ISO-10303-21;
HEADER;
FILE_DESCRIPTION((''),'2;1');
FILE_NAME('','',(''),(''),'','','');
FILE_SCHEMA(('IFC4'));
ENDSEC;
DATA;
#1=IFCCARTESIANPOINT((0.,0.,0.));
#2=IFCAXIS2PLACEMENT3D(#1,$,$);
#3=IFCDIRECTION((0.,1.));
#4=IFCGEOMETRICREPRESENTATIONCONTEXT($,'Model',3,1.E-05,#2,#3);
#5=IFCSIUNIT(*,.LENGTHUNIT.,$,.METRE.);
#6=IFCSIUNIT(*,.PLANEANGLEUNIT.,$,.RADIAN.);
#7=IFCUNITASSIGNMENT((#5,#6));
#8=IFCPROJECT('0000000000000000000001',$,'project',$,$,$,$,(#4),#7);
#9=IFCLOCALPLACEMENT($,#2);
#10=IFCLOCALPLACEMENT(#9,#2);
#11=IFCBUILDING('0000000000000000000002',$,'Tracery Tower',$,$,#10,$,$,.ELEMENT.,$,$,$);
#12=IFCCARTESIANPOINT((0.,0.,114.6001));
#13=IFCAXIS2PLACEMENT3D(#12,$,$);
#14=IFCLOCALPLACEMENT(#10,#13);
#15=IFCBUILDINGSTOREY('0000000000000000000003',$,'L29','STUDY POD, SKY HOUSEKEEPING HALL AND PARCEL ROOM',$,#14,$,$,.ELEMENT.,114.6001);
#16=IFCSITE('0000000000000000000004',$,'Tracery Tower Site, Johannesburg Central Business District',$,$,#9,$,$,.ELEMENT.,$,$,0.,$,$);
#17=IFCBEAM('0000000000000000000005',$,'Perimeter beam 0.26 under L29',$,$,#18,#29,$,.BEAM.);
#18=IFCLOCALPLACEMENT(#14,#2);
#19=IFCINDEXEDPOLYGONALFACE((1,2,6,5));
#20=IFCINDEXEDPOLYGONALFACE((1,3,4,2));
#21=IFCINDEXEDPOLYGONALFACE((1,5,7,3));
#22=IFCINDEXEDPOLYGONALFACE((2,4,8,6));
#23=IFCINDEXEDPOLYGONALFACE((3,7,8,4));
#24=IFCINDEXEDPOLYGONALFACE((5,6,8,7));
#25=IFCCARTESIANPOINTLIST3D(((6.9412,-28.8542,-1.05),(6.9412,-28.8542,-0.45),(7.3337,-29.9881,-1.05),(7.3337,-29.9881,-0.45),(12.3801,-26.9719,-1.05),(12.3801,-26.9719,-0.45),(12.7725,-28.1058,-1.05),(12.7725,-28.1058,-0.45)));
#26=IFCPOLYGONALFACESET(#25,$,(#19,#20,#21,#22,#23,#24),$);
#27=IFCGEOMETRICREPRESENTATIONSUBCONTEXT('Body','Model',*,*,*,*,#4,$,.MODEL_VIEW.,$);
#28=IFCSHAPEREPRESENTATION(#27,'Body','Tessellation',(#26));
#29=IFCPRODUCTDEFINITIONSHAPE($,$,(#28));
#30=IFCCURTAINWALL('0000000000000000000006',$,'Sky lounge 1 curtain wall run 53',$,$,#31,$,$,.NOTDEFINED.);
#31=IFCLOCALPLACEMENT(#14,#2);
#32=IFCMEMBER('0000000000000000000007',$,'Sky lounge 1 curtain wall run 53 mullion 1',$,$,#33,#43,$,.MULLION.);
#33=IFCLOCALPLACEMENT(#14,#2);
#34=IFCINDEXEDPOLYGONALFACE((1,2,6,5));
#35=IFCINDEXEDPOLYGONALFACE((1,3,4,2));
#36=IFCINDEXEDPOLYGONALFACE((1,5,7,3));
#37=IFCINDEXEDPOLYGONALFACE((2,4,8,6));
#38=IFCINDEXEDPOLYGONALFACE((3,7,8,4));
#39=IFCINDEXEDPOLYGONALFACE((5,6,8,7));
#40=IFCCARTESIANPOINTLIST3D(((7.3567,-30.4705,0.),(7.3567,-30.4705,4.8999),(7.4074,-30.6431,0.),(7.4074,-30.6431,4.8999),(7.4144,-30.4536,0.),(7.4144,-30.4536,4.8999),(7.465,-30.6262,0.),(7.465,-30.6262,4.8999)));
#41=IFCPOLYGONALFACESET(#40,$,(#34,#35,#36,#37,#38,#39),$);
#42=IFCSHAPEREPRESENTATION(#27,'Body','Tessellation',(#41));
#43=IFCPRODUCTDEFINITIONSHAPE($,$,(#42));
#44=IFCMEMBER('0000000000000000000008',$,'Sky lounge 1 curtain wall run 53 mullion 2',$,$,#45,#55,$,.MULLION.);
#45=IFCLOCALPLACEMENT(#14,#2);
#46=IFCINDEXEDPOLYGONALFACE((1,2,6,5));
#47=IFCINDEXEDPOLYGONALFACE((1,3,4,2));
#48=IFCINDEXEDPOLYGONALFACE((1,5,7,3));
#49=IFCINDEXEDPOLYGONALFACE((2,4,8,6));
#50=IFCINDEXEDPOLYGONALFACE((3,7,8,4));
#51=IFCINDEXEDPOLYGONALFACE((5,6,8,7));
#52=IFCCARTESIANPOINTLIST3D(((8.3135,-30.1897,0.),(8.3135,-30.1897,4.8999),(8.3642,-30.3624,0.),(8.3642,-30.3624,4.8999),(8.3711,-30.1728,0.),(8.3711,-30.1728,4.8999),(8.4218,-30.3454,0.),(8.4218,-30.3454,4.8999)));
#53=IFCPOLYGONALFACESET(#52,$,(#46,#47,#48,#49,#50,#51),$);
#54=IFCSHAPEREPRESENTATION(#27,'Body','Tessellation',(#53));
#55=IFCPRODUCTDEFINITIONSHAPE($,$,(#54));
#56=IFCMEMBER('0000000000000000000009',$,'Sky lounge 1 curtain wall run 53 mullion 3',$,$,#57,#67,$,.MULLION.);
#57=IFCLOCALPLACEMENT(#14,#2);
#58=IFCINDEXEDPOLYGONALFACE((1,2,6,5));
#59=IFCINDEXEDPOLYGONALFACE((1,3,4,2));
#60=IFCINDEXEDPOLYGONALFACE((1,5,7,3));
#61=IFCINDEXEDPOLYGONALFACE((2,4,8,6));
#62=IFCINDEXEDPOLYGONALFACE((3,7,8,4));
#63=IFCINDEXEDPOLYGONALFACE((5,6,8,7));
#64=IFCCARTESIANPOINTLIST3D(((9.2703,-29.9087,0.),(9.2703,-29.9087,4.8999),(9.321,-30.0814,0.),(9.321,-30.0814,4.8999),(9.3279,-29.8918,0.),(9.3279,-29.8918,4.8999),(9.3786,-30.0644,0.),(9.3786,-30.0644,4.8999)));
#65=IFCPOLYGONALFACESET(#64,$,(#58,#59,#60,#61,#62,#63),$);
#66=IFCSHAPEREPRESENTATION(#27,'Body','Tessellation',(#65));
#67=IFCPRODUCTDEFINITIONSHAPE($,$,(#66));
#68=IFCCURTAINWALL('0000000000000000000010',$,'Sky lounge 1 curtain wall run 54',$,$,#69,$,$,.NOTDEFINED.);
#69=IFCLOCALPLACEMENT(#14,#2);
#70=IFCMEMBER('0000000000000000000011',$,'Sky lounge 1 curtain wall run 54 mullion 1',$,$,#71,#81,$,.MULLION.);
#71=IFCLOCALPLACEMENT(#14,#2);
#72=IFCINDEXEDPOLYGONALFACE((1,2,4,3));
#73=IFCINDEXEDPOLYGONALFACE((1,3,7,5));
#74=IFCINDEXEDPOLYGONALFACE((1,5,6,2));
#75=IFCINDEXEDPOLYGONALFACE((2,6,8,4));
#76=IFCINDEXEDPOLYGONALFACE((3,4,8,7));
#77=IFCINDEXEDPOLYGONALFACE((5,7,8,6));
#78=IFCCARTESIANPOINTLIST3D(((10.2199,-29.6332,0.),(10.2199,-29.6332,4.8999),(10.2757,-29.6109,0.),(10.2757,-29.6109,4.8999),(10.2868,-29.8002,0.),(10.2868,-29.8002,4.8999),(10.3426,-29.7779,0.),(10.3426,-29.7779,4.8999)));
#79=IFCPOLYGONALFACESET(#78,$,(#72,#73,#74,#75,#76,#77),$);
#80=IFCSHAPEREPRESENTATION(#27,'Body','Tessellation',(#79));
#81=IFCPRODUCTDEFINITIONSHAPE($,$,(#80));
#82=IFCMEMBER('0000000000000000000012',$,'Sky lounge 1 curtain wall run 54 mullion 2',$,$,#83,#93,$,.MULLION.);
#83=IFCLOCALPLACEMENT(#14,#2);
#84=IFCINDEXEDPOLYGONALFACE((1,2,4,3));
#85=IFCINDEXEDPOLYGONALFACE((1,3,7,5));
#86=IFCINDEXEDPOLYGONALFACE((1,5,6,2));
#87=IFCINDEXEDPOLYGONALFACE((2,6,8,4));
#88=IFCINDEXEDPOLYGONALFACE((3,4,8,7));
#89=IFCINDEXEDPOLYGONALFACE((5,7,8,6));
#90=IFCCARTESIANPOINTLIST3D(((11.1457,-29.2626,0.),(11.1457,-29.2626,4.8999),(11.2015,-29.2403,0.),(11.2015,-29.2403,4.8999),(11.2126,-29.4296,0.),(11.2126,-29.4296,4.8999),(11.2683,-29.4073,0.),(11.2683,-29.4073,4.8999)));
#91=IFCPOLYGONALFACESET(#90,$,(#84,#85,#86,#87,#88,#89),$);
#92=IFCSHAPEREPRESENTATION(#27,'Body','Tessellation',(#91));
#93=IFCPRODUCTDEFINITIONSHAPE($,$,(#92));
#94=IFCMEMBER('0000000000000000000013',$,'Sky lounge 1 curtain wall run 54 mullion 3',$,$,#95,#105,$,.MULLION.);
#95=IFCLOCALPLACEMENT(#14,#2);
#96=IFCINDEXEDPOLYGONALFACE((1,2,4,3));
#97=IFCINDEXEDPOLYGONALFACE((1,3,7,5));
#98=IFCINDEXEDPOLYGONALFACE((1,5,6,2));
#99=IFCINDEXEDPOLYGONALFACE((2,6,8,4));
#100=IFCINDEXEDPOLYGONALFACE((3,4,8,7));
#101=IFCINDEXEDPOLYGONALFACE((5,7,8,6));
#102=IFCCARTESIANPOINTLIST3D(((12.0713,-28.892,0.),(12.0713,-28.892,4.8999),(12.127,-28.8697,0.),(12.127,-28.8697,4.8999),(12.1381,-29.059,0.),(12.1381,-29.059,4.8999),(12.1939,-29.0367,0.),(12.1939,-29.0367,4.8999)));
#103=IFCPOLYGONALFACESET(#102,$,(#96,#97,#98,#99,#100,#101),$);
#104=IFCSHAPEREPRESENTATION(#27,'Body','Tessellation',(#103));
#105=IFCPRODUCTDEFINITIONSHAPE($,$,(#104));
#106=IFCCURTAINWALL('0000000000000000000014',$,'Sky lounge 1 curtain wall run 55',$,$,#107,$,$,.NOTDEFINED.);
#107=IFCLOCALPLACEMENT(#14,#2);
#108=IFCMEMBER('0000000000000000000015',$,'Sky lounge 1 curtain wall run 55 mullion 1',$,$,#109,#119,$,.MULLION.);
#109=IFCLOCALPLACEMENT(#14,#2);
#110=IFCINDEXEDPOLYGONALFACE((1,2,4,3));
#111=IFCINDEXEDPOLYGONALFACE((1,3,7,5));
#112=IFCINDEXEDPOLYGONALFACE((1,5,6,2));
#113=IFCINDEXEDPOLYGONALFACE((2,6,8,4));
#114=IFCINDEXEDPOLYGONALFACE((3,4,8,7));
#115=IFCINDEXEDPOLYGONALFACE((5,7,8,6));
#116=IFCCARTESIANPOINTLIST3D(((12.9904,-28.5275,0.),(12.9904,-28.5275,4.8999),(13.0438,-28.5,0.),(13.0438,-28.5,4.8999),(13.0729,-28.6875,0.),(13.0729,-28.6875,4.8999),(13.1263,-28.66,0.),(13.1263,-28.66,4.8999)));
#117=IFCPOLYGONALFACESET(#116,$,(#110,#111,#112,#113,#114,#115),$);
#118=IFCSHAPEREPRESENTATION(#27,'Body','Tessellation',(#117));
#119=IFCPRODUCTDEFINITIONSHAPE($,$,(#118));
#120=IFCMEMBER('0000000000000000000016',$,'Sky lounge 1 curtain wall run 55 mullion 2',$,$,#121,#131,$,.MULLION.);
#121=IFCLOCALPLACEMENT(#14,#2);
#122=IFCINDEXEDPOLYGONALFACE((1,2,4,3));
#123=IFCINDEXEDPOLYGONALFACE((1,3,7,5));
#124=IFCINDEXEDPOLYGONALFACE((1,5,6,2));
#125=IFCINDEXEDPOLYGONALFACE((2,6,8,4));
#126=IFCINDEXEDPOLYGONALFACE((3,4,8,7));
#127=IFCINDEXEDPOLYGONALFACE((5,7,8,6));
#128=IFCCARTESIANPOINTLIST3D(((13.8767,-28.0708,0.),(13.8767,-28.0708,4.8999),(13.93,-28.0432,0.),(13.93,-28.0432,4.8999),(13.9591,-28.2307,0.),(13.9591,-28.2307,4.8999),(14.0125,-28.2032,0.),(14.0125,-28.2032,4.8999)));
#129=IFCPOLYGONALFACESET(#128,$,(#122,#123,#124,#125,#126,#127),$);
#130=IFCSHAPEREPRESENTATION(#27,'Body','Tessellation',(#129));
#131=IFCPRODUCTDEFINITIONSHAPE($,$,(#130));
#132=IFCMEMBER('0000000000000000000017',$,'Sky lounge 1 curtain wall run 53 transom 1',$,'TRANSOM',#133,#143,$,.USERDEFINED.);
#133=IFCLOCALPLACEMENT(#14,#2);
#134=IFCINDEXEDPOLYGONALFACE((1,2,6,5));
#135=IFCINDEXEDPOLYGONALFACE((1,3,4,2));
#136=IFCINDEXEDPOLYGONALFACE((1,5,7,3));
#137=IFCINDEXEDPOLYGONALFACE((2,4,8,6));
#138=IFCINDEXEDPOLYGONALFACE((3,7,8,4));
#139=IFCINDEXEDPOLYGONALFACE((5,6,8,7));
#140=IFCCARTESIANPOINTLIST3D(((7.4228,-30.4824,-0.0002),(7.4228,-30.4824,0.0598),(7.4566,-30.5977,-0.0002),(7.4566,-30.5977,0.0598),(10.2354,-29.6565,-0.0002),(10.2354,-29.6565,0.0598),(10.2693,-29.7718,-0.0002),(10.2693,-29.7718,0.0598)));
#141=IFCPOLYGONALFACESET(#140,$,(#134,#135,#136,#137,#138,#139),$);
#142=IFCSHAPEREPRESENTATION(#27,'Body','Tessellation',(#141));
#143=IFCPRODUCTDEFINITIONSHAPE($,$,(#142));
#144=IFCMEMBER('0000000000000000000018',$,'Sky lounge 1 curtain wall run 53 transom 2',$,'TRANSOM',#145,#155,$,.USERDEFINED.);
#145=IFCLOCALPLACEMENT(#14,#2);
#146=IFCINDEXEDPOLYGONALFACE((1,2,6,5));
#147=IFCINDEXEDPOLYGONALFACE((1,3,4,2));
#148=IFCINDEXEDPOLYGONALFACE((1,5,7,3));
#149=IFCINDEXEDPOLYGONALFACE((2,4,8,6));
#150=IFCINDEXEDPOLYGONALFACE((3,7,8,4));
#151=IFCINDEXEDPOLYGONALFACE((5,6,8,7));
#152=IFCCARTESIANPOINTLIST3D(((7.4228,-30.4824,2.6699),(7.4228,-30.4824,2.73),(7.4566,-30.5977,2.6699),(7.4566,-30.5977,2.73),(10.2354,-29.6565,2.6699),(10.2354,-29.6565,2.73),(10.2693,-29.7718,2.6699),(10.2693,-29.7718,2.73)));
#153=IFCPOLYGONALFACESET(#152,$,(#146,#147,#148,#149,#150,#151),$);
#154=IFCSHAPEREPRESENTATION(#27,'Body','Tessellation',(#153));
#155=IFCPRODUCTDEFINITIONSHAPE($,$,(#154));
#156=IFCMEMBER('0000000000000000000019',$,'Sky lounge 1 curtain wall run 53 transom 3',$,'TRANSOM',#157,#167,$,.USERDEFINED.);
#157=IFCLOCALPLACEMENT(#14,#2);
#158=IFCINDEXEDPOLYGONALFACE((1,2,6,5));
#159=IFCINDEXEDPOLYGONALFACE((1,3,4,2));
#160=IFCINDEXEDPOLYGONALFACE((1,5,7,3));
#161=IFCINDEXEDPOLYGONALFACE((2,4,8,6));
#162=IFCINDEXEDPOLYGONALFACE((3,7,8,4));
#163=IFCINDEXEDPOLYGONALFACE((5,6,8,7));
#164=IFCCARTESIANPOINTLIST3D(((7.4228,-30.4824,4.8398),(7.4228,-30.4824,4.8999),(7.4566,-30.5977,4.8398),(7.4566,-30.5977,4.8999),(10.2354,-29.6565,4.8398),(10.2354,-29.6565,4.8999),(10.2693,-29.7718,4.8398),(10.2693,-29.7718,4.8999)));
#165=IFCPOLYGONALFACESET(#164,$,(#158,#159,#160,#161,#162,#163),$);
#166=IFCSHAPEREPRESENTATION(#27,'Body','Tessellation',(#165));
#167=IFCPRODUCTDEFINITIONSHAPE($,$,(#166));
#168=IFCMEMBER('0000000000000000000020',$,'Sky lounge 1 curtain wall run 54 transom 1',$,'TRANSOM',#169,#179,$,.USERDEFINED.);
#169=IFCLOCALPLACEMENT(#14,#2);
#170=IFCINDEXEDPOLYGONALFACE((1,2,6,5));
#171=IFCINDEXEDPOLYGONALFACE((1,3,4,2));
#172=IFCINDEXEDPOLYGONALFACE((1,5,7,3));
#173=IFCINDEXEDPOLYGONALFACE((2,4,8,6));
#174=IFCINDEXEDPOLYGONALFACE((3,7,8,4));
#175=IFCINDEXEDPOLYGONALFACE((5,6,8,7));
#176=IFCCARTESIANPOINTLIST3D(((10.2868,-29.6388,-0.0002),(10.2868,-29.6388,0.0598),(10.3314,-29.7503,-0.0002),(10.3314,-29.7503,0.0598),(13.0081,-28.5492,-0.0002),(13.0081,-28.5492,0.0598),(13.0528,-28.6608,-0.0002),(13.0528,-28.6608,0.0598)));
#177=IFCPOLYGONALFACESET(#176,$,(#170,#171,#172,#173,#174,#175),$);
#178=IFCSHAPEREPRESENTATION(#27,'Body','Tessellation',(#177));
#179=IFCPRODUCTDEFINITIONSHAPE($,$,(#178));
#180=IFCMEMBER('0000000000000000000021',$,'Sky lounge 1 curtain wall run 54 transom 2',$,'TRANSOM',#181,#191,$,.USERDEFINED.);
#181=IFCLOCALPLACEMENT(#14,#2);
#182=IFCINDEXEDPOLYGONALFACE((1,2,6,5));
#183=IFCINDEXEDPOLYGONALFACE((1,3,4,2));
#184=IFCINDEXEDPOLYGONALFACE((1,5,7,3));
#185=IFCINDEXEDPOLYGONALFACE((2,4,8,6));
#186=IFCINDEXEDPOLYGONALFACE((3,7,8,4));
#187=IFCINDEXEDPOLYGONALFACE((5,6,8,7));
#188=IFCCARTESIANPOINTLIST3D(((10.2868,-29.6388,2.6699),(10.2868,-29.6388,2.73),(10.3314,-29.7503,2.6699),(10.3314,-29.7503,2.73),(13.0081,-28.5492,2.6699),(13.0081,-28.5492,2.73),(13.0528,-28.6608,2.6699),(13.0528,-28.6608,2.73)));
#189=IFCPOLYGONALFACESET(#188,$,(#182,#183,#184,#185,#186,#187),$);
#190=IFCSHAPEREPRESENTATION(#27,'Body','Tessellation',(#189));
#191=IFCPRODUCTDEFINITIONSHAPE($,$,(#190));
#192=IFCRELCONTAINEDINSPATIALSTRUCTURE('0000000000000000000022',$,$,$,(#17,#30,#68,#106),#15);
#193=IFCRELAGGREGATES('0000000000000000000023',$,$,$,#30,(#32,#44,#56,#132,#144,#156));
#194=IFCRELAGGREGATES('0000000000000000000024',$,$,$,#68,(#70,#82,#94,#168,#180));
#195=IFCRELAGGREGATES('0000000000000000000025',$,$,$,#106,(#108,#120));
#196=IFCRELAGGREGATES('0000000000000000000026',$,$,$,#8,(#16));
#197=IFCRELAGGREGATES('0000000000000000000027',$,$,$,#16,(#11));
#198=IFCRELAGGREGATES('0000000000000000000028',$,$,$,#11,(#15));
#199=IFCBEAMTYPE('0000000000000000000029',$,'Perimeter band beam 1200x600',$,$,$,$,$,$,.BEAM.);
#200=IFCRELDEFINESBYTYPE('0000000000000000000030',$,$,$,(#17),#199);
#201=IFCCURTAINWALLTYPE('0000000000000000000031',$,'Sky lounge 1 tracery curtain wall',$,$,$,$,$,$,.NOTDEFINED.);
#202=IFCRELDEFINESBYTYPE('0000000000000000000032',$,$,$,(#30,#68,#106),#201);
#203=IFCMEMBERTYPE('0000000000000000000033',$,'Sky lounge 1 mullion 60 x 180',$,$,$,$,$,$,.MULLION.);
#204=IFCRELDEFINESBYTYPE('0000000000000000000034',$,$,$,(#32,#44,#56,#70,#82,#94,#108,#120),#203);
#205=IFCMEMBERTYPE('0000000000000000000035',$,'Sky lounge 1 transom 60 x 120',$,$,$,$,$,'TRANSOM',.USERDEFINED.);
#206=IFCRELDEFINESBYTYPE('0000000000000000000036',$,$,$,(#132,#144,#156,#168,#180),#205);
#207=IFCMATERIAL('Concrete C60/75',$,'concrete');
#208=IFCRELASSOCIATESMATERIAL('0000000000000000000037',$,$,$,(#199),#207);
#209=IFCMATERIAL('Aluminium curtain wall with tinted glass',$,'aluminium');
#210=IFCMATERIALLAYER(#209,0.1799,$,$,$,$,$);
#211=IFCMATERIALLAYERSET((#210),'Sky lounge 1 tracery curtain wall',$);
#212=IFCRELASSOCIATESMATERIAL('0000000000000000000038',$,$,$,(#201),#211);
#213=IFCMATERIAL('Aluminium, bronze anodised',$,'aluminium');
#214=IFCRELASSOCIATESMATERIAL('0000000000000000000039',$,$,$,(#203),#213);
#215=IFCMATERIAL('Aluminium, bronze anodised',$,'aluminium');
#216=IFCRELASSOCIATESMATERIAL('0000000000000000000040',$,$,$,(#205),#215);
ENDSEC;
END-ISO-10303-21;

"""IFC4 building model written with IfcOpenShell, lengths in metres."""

from ifc_helpers import new_model, si_unit, direction, frame, origin, origin_2d, place, context, subcontext, project, spatial, rectangle, extrude, material, layer, layer_set, material_profile, profile_set, type_object, element, aggregate, save


model = new_model("IFC4")

# Units and contexts
model_context = context("Model", 3, precision=1e-05, world=origin(), true_north=direction((0.0, 1.0)))
body_context = subcontext(model_context, "Body", "Model", "MODEL_VIEW")
ifc_project = project(units=[si_unit("LENGTHUNIT", "METRE"), si_unit("PLANEANGLEUNIT", "RADIAN")], contexts=[model_context])

# Site, building, storey
site_placement = place(None, origin())
site = spatial("IfcSite", under=ifc_project, at=site_placement, Name="Tracery Tower Site, Johannesburg Central Business District", CompositionType="ELEMENT", RefElevation=0.0)
building_placement = place(site_placement, origin())
building = spatial("IfcBuilding", under=site, at=building_placement, Name="Tracery Tower", CompositionType="ELEMENT")
storey_placement = place(building_placement, frame((0.0, 0.0, 114.6001)))
storey = spatial("IfcBuildingStorey", under=building, at=storey_placement, Name="L29", Description="STUDY POD, SKY HOUSEKEEPING HALL AND PARCEL ROOM", CompositionType="ELEMENT", Elevation=114.6001)

# Beam
ifc_material_1 = material(Name="Concrete C60/75", Category="concrete")
ifc_material_profile_1 = material_profile(ifc_material_1, rectangle(XDim=1.2, YDim=0.6001, at=origin_2d()), Name="RC 1200x600")
ifc_profile_set_1 = profile_set([ifc_material_profile_1], Name="Concrete C60/75")
beam_type = type_object("IfcBeamType", Name="Perimeter band beam 1200x600", PredefinedType="BEAM", material=ifc_profile_set_1)
beam_placement = place(storey_placement, frame((7.1375, -29.4211, -0.75), z_axis=(0.945007, 0.327049, 0.0), x_axis=(-0.327049, 0.945007, 0.0)))
element("IfcBeam", 1, at=beam_placement, inside=storey, type_object=beam_type, Name="Perimeter beam 0.26 under L29", PredefinedType="BEAM", context=body_context, shape_type="SweptSolid", body=[
    extrude(rectangle(XDim=1.2, YDim=0.6001, at=origin_2d()), origin(), (0.0, 0.0, 1.0), 5.7554),
])

# Curtain walls, members
ifc_material_2 = material(Name="Aluminium curtain wall with tinted glass", Category="aluminium")
ifc_layer_1 = layer(ifc_material_2, 0.1799)
ifc_layer_set_1 = layer_set([ifc_layer_1], Name="Sky lounge 1 tracery curtain wall")
curtain_wall_type = type_object("IfcCurtainWallType", Name="Sky lounge 1 tracery curtain wall", PredefinedType="NOTDEFINED", material=ifc_layer_set_1)
curtain_wall_1_placement = place(storey_placement, origin())
curtain_wall_1 = element("IfcCurtainWall", 2, at=curtain_wall_1_placement, inside=storey, type_object=curtain_wall_type, Name="Sky lounge 1 curtain wall run 53", PredefinedType="NOTDEFINED")
ifc_material_3 = material(Name="Aluminium, bronze anodised", Category="aluminium")
ifc_material_profile_2 = material_profile(ifc_material_3, rectangle(XDim=0.1799, YDim=0.0601, at=origin_2d()), Name="AL 60x180")
ifc_profile_set_2 = profile_set([ifc_material_profile_2], Name="Aluminium, bronze anodised")
member_type_1 = type_object("IfcMemberType", Name="Sky lounge 1 mullion 60 x 180", PredefinedType="MULLION", material=ifc_profile_set_2)
member_1_placement = place(storey_placement, frame((7.4109, -30.5483, 0.0), z_axis=(0.0, 0.0, 1.0), x_axis=(-0.281733, 0.959493, 0.0)))
member_1 = element("IfcMember", 3, at=member_1_placement, type_object=member_type_1, Name="Sky lounge 1 curtain wall run 53 mullion 1", PredefinedType="MULLION", context=body_context, shape_type="SweptSolid", body=[
    extrude(rectangle(XDim=0.1799, YDim=0.0601, at=origin_2d()), origin(), (0.0, 0.0, 1.0), 4.8999),
])
member_2_placement = place(storey_placement, frame((8.3677, -30.2676, 0.0), z_axis=(0.0, 0.0, 1.0), x_axis=(-0.281733, 0.959493, 0.0)))
member_2 = element("IfcMember", 4, at=member_2_placement, type_object=member_type_1, Name="Sky lounge 1 curtain wall run 53 mullion 2", PredefinedType="MULLION", context=body_context, shape_type="SweptSolid", body=[
    extrude(rectangle(XDim=0.1799, YDim=0.0601, at=origin_2d()), origin(), (0.0, 0.0, 1.0), 4.8999),
])
member_3_placement = place(storey_placement, frame((9.3245, -29.9866, 0.0), z_axis=(0.0, 0.0, 1.0), x_axis=(-0.281733, 0.959493, 0.0)))
member_3 = element("IfcMember", 5, at=member_3_placement, type_object=member_type_1, Name="Sky lounge 1 curtain wall run 53 mullion 3", PredefinedType="MULLION", context=body_context, shape_type="SweptSolid", body=[
    extrude(rectangle(XDim=0.1799, YDim=0.0601, at=origin_2d()), origin(), (0.0, 0.0, 1.0), 4.8999),
])
curtain_wall_2_placement = place(storey_placement, origin())
curtain_wall_2 = element("IfcCurtainWall", 6, at=curtain_wall_2_placement, inside=storey, type_object=curtain_wall_type, Name="Sky lounge 1 curtain wall run 54", PredefinedType="NOTDEFINED")
member_4_placement = place(storey_placement, frame((10.2812, -29.7056, 0.0), z_axis=(0.0, 0.0, 1.0), x_axis=(-0.371662, 0.928368, 0.0)))
member_4 = element("IfcMember", 7, at=member_4_placement, type_object=member_type_1, Name="Sky lounge 1 curtain wall run 54 mullion 1", PredefinedType="MULLION", context=body_context, shape_type="SweptSolid", body=[
    extrude(rectangle(XDim=0.1799, YDim=0.0601, at=origin_2d()), origin(), (0.0, 0.0, 1.0), 4.8999),
])
member_5_placement = place(storey_placement, frame((11.207, -29.335, 0.0), z_axis=(0.0, 0.0, 1.0), x_axis=(-0.371662, 0.928368, 0.0)))
member_5 = element("IfcMember", 8, at=member_5_placement, type_object=member_type_1, Name="Sky lounge 1 curtain wall run 54 mullion 2", PredefinedType="MULLION", context=body_context, shape_type="SweptSolid", body=[
    extrude(rectangle(XDim=0.1799, YDim=0.0601, at=origin_2d()), origin(), (0.0, 0.0, 1.0), 4.8999),
])
member_6_placement = place(storey_placement, frame((12.1326, -28.9644, 0.0), z_axis=(0.0, 0.0, 1.0), x_axis=(-0.371662, 0.928368, 0.0)))
member_6 = element("IfcMember", 9, at=member_6_placement, type_object=member_type_1, Name="Sky lounge 1 curtain wall run 54 mullion 3", PredefinedType="MULLION", context=body_context, shape_type="SweptSolid", body=[
    extrude(rectangle(XDim=0.1799, YDim=0.0601, at=origin_2d()), origin(), (0.0, 0.0, 1.0), 4.8999),
])
curtain_wall_3_placement = place(storey_placement, origin())
curtain_wall_3 = element("IfcCurtainWall", 10, at=curtain_wall_3_placement, inside=storey, type_object=curtain_wall_type, Name="Sky lounge 1 curtain wall run 55", PredefinedType="NOTDEFINED")
member_7_placement = place(storey_placement, frame((13.0583, -28.5938, 0.0), z_axis=(0.0, 0.0, 1.0), x_axis=(-0.458227, 0.888835, 0.0)))
member_7 = element("IfcMember", 11, at=member_7_placement, type_object=member_type_1, Name="Sky lounge 1 curtain wall run 55 mullion 1", PredefinedType="MULLION", context=body_context, shape_type="SweptSolid", body=[
    extrude(rectangle(XDim=0.1799, YDim=0.0601, at=origin_2d()), origin(), (0.0, 0.0, 1.0), 4.8999),
])
member_8_placement = place(storey_placement, frame((13.9446, -28.137, 0.0), z_axis=(0.0, 0.0, 1.0), x_axis=(-0.458227, 0.888835, 0.0)))
member_8 = element("IfcMember", 12, at=member_8_placement, type_object=member_type_1, Name="Sky lounge 1 curtain wall run 55 mullion 2", PredefinedType="MULLION", context=body_context, shape_type="SweptSolid", body=[
    extrude(rectangle(XDim=0.1799, YDim=0.0601, at=origin_2d()), origin(), (0.0, 0.0, 1.0), 4.8999),
])

# Members
ifc_material_4 = material(Name="Aluminium, bronze anodised", Category="aluminium")
ifc_material_profile_3 = material_profile(ifc_material_4, rectangle(XDim=0.1201, YDim=0.0601, at=origin_2d()), Name="AL 60x120")
ifc_profile_set_3 = profile_set([ifc_material_profile_3], Name="Aluminium, bronze anodised")
member_type_2 = type_object("IfcMemberType", Name="Sky lounge 1 transom 60 x 120", ElementType="TRANSOM", PredefinedType="USERDEFINED", material=ifc_profile_set_3)
member_9_placement = place(storey_placement, frame((7.4397, -30.54, 0.0298), z_axis=(0.95949, 0.281742, 0.0), x_axis=(-0.281742, 0.95949, 0.0)))
member_9 = element("IfcMember", 13, at=member_9_placement, type_object=member_type_2, Name="Sky lounge 1 curtain wall run 53 transom 1", ObjectType="TRANSOM", PredefinedType="USERDEFINED", context=body_context, shape_type="SweptSolid", body=[
    extrude(rectangle(XDim=0.1201, YDim=0.0601, at=origin_2d()), origin(), (0.0, 0.0, 1.0), 2.9314),
])
member_10_placement = place(storey_placement, frame((7.4397, -30.54, 2.7), z_axis=(0.95949, 0.281742, 0.0), x_axis=(-0.281742, 0.95949, 0.0)))
member_10 = element("IfcMember", 14, at=member_10_placement, type_object=member_type_2, Name="Sky lounge 1 curtain wall run 53 transom 2", ObjectType="TRANSOM", PredefinedType="USERDEFINED", context=body_context, shape_type="SweptSolid", body=[
    extrude(rectangle(XDim=0.1201, YDim=0.0601, at=origin_2d()), origin(), (0.0, 0.0, 1.0), 2.9314),
])
member_11_placement = place(storey_placement, frame((7.4397, -30.54, 4.8699), z_axis=(0.95949, 0.281742, 0.0), x_axis=(-0.281742, 0.95949, 0.0)))
member_11 = element("IfcMember", 15, at=member_11_placement, type_object=member_type_2, Name="Sky lounge 1 curtain wall run 53 transom 3", ObjectType="TRANSOM", PredefinedType="USERDEFINED", context=body_context, shape_type="SweptSolid", body=[
    extrude(rectangle(XDim=0.1201, YDim=0.0601, at=origin_2d()), origin(), (0.0, 0.0, 1.0), 2.9314),
])
member_12_placement = place(storey_placement, frame((10.3091, -29.6946, 0.0298), z_axis=(0.928356, 0.371692, 0.0), x_axis=(-0.371692, 0.928356, 0.0)))
member_12 = element("IfcMember", 16, at=member_12_placement, type_object=member_type_2, Name="Sky lounge 1 curtain wall run 54 transom 1", ObjectType="TRANSOM", PredefinedType="USERDEFINED", context=body_context, shape_type="SweptSolid", body=[
    extrude(rectangle(XDim=0.1201, YDim=0.0601, at=origin_2d()), origin(), (0.0, 0.0, 1.0), 2.9314),
])
member_13_placement = place(storey_placement, frame((10.3091, -29.6946, 2.7), z_axis=(0.928356, 0.371692, 0.0), x_axis=(-0.371692, 0.928356, 0.0)))
member_13 = element("IfcMember", 17, at=member_13_placement, type_object=member_type_2, Name="Sky lounge 1 curtain wall run 54 transom 2", ObjectType="TRANSOM", PredefinedType="USERDEFINED", context=body_context, shape_type="SweptSolid", body=[
    extrude(rectangle(XDim=0.1201, YDim=0.0601, at=origin_2d()), origin(), (0.0, 0.0, 1.0), 2.9314),
])

aggregate(curtain_wall_1, [member_1, member_2, member_3, member_9, member_10, member_11])
aggregate(curtain_wall_2, [member_4, member_5, member_6, member_12, member_13])
aggregate(curtain_wall_3, [member_7, member_8])

save(model, "model.ifc")
